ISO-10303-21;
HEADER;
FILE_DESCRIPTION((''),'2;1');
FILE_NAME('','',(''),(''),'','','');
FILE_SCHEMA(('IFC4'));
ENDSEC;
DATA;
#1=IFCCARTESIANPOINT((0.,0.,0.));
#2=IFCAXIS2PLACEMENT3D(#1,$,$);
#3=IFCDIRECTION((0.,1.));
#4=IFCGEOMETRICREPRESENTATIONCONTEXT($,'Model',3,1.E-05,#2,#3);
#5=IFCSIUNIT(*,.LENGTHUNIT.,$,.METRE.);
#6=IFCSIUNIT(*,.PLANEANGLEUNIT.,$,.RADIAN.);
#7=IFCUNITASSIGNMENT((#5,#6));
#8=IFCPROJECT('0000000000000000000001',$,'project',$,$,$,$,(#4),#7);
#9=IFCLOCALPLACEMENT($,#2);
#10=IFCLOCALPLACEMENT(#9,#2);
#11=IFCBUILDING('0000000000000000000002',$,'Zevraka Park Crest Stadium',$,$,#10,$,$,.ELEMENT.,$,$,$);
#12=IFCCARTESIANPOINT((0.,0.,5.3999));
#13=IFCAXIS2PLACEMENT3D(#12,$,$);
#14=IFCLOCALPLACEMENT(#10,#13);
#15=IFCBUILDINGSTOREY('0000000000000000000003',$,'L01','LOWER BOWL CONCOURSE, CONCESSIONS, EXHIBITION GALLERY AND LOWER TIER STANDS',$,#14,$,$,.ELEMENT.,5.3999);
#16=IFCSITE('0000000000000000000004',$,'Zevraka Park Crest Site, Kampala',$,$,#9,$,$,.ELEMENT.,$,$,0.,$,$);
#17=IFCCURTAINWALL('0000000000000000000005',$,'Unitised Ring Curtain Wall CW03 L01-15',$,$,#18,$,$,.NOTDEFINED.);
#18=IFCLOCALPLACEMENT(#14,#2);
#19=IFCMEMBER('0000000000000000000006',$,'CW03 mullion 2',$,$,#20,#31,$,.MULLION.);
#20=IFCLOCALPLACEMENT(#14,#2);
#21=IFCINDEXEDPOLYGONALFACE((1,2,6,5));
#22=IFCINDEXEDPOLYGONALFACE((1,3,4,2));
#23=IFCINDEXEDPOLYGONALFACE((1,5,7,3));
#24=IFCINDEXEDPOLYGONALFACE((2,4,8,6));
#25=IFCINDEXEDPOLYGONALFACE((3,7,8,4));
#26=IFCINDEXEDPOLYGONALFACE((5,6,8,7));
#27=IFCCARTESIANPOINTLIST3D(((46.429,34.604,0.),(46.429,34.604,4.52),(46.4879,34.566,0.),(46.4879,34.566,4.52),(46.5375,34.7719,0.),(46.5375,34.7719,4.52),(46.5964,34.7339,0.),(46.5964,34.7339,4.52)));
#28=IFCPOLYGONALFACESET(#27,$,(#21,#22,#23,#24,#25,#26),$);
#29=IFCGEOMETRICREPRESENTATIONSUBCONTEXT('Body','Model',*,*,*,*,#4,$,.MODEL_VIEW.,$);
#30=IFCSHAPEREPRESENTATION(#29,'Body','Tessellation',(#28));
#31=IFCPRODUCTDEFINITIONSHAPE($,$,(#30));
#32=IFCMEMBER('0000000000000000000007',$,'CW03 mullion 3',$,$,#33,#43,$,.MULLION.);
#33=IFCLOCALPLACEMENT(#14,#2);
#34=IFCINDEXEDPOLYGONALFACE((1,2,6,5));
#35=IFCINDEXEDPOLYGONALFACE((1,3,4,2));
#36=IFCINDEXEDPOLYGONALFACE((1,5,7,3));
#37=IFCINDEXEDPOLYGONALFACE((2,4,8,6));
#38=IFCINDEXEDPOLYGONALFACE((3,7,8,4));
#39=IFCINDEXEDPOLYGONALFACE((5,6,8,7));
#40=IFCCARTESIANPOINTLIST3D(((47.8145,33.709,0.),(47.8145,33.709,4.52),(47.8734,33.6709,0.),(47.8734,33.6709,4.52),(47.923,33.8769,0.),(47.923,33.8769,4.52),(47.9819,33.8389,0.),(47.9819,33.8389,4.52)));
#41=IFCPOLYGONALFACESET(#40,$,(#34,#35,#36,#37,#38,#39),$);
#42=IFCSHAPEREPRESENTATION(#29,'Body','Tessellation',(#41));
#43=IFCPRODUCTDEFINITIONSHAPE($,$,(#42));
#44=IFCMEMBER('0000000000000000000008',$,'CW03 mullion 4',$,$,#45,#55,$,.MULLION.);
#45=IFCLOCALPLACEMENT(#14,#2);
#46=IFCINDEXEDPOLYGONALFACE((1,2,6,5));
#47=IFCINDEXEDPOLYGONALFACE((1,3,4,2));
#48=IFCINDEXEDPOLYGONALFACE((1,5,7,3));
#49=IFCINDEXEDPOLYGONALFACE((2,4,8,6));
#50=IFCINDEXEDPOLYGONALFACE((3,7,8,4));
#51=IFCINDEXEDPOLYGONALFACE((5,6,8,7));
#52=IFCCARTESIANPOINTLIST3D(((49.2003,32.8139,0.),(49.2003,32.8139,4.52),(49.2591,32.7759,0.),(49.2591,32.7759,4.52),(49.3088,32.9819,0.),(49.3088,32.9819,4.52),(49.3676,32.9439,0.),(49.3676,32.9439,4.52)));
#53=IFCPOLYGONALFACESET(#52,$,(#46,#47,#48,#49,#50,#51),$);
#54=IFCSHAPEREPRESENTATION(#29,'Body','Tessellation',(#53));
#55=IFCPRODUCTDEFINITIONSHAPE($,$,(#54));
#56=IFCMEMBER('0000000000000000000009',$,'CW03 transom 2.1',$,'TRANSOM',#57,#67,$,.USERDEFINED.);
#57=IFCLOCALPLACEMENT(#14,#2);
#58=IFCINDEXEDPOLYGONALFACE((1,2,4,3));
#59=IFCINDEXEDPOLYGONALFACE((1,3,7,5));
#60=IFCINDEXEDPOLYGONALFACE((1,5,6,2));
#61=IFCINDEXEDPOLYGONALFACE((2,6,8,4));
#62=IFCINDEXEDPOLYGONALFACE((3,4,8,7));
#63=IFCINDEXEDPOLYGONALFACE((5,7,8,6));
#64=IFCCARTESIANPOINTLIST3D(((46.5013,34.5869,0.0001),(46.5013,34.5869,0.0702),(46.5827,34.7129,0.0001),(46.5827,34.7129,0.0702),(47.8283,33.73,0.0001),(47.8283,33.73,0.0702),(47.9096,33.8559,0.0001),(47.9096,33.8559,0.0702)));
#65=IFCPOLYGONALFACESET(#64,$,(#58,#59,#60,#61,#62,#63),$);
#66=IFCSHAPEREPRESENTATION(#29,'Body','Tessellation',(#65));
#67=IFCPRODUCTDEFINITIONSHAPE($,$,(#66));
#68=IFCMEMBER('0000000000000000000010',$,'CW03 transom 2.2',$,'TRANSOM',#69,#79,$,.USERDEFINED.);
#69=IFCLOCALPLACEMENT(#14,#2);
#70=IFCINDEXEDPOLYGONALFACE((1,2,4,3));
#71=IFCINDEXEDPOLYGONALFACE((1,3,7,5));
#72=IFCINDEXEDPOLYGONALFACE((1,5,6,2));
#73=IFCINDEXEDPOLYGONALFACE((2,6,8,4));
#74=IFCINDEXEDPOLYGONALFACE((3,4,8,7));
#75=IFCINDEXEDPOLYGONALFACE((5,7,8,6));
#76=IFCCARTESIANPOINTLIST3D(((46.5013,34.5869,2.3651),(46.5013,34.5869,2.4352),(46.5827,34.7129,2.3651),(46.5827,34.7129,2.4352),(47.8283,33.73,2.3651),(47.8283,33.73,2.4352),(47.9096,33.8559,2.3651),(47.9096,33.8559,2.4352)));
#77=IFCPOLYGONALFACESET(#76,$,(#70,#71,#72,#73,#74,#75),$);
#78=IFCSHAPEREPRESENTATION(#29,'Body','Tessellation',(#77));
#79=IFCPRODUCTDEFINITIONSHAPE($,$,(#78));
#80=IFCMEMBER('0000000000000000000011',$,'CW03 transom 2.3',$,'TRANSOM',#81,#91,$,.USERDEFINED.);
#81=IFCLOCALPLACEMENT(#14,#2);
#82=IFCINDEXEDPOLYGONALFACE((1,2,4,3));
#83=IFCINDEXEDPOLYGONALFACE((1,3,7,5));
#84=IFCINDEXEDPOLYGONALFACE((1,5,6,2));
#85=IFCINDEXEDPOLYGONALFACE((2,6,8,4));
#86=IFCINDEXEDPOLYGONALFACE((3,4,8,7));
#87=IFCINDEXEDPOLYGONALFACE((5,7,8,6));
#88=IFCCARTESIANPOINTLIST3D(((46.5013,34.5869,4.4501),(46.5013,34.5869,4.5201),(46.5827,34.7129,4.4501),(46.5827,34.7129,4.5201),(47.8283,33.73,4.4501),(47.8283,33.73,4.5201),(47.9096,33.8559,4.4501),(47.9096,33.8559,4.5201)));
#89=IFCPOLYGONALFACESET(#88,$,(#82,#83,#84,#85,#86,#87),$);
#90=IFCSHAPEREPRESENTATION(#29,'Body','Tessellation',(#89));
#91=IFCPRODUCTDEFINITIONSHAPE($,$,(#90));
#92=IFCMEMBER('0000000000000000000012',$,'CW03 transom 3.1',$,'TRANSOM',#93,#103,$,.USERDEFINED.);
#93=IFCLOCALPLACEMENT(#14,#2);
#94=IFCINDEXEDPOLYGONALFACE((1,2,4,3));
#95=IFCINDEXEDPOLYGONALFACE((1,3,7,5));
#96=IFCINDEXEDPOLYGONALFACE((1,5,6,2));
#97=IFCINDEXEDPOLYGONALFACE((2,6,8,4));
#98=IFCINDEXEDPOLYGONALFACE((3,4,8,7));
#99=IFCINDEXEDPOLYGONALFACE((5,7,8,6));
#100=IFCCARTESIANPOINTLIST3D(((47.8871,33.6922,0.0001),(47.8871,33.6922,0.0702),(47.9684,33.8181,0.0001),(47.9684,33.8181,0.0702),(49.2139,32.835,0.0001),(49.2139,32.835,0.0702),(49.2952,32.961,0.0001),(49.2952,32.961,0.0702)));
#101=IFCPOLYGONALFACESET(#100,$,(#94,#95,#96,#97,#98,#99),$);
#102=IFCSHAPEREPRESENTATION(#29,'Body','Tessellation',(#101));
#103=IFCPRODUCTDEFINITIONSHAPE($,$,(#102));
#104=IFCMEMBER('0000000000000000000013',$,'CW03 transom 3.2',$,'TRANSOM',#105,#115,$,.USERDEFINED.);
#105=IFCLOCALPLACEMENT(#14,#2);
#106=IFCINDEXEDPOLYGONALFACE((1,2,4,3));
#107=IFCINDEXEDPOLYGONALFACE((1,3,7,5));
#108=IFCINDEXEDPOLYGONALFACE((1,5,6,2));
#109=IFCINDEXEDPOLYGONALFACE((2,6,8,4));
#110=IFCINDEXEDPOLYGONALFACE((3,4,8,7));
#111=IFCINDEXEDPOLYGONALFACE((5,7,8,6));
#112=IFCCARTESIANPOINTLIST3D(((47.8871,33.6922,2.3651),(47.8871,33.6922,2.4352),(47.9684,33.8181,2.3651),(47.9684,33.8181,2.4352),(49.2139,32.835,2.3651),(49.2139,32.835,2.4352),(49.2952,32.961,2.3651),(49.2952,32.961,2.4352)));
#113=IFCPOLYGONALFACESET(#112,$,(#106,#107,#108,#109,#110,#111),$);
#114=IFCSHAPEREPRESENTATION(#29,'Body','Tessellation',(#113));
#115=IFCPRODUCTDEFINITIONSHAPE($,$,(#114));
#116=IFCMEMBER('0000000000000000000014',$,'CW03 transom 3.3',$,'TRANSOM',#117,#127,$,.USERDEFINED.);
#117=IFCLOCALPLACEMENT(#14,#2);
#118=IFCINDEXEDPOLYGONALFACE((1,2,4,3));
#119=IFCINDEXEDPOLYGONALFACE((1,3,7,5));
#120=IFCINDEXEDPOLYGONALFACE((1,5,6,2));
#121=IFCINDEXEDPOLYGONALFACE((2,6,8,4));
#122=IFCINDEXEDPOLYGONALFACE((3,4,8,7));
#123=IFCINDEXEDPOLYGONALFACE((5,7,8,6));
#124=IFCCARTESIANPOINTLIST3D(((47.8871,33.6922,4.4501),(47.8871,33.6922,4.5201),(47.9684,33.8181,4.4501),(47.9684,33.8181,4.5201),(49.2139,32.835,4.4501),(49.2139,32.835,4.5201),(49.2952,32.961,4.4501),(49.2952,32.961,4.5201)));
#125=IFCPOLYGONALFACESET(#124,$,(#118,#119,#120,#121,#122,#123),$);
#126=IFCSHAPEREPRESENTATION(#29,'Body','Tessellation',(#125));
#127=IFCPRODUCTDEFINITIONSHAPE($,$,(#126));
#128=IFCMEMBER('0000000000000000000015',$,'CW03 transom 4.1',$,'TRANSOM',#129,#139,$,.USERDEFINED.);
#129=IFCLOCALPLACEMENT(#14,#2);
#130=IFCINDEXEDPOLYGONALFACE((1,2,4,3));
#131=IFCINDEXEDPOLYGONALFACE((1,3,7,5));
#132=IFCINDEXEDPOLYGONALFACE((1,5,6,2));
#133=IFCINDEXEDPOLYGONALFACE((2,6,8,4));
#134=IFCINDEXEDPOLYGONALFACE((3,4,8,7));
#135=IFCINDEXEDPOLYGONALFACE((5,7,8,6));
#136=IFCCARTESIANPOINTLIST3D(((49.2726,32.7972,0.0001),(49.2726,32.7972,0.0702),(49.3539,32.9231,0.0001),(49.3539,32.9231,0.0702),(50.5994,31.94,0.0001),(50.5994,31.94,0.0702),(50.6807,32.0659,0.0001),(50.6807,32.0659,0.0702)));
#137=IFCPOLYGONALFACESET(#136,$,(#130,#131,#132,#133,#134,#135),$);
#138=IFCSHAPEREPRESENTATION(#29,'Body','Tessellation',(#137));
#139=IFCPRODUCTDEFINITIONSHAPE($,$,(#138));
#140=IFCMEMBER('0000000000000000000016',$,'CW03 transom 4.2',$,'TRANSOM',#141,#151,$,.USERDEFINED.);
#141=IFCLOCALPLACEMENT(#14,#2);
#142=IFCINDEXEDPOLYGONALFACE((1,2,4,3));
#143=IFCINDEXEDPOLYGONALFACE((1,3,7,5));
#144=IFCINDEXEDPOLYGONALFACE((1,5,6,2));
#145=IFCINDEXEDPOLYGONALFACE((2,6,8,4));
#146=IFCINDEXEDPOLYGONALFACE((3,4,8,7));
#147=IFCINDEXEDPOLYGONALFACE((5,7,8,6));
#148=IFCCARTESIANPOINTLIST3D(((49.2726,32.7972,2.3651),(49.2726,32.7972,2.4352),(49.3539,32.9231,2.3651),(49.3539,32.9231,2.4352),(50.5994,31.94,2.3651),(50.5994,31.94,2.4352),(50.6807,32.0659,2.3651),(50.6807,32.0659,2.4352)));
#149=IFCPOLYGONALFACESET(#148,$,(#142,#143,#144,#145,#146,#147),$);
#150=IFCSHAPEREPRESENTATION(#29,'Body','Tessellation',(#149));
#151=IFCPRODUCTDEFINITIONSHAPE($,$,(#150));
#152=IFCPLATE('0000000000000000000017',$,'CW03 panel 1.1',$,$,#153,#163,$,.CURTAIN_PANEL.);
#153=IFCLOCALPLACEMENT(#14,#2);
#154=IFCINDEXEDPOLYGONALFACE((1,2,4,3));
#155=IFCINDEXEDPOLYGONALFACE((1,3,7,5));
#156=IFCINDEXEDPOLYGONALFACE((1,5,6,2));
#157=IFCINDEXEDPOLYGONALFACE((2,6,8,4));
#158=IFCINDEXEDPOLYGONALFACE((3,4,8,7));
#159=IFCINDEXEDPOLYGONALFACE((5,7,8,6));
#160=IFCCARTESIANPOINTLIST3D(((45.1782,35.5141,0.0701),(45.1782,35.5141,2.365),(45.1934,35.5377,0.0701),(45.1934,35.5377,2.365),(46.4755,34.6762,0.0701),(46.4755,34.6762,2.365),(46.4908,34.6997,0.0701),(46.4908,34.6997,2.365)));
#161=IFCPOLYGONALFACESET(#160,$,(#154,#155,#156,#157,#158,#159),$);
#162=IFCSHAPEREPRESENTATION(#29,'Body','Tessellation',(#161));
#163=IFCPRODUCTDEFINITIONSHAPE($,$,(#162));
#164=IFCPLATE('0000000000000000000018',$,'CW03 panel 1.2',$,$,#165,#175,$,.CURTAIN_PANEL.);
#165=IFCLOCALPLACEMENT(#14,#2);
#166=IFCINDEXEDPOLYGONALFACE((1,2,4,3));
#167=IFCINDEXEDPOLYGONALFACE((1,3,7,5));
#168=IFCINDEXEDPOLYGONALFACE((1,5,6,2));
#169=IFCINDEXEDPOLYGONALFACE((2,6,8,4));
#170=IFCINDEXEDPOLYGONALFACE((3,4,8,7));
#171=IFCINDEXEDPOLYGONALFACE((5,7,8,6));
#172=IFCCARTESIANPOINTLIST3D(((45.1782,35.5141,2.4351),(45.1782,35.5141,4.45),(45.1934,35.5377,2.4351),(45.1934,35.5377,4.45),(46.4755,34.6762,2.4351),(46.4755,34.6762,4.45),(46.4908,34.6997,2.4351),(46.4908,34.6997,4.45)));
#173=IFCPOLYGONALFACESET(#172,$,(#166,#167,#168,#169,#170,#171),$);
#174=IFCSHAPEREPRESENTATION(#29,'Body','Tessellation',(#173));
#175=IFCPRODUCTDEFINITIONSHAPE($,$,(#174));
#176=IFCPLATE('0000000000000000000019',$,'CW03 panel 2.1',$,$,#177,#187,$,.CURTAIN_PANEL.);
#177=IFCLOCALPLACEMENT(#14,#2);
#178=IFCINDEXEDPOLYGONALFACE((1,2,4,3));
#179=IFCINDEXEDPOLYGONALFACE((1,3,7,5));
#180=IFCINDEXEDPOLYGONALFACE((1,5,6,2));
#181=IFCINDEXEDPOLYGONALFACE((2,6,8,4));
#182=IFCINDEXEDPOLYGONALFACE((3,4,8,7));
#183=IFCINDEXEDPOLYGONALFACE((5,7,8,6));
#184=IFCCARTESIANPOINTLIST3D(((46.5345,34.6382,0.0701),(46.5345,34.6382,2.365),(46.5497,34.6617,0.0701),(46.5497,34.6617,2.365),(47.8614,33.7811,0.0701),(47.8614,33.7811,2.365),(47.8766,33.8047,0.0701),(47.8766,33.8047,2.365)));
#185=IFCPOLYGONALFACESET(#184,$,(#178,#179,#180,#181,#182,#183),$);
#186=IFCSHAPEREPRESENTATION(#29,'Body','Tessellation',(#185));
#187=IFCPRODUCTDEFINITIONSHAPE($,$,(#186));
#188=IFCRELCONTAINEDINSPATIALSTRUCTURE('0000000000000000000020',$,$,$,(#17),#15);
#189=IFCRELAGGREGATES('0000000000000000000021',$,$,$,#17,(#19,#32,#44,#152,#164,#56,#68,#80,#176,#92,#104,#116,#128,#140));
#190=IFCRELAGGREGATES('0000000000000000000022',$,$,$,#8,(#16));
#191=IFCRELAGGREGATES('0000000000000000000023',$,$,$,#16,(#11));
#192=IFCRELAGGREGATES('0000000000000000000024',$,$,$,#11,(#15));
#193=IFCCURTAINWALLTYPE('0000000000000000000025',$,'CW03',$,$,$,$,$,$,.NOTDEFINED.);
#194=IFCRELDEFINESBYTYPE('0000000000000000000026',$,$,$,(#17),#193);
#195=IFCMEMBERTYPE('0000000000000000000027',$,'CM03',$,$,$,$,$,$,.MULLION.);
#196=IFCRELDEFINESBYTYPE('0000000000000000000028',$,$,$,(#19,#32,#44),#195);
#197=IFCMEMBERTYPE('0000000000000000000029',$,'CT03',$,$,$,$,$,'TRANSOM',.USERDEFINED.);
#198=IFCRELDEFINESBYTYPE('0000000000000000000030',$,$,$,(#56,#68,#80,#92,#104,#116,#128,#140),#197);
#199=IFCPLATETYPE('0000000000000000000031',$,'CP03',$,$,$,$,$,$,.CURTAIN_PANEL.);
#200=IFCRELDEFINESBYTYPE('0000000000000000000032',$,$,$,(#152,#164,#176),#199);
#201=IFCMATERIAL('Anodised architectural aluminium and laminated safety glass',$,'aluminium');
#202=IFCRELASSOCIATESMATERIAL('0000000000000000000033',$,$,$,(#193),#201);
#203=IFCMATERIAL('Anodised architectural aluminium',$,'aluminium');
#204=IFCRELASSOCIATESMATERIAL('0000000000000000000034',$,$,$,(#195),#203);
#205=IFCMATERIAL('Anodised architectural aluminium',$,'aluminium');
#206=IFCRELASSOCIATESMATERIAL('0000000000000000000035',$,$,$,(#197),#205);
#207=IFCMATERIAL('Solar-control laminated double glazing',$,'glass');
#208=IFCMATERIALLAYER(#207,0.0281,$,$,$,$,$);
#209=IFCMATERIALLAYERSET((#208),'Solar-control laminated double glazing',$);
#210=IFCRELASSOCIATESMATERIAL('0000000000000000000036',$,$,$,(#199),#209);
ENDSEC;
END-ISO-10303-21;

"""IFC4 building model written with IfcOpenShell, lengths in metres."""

from ifc_helpers import new_model, si_unit, direction, frame, origin, origin_2d, place, context, subcontext, project, spatial, rectangle, extrude, material, layer, layer_set, material_profile, profile_set, type_object, element, aggregate, save


model = new_model("IFC4")

# Units and contexts
model_context = context("Model", 3, precision=1e-05, world=origin(), true_north=direction((0.0, 1.0)))
body_context = subcontext(model_context, "Body", "Model", "MODEL_VIEW")
ifc_project = project(units=[si_unit("LENGTHUNIT", "METRE"), si_unit("PLANEANGLEUNIT", "RADIAN")], contexts=[model_context])

# Site, building, storey
site_placement = place(None, origin())
site = spatial("IfcSite", under=ifc_project, at=site_placement, Name="Zevraka Park Crest Site, Kampala", CompositionType="ELEMENT", RefElevation=0.0)
building_placement = place(site_placement, origin())
building = spatial("IfcBuilding", under=site, at=building_placement, Name="Zevraka Park Crest Stadium", CompositionType="ELEMENT")
storey_placement = place(building_placement, frame((0.0, 0.0, 5.3999)))
storey = spatial("IfcBuildingStorey", under=building, at=storey_placement, Name="L01", Description="LOWER BOWL CONCOURSE, CONCESSIONS, EXHIBITION GALLERY AND LOWER TIER STANDS", CompositionType="ELEMENT", Elevation=5.3999)

# Curtain wall, members, plates
ifc_material_1 = material(Name="Anodised architectural aluminium and laminated safety glass", Category="aluminium")
curtain_wall_type = type_object("IfcCurtainWallType", Name="CW03", PredefinedType="NOTDEFINED", material=ifc_material_1)
curtain_wall_placement = place(storey_placement, origin())
curtain_wall = element("IfcCurtainWall", 1, at=curtain_wall_placement, inside=storey, type_object=curtain_wall_type, Name="Unitised Ring Curtain Wall CW03 L01-15", PredefinedType="NOTDEFINED")
ifc_material_2 = material(Name="Anodised architectural aluminium", Category="aluminium")
ifc_material_profile_1 = material_profile(ifc_material_2, rectangle(XDim=0.2, YDim=0.0701, at=origin_2d()), Name="ALU MULLION 200x70")
ifc_profile_set_1 = profile_set([ifc_material_profile_1], Name="Anodised architectural aluminium")
member_type_1 = type_object("IfcMemberType", Name="CM03", PredefinedType="MULLION", material=ifc_profile_set_1)
member_1_placement = place(storey_placement, frame((46.5127, 34.6689, 0.0), z_axis=(0.0, 0.0, 1.0), x_axis=(0.542571, 0.84001, 0.0)))
member_1 = element("IfcMember", 2, at=member_1_placement, type_object=member_type_1, Name="CW03 mullion 2", PredefinedType="MULLION", context=body_context, shape_type="SweptSolid", body=[
    extrude(rectangle(XDim=0.2, YDim=0.0701, at=origin_2d()), origin(), (0.0, 0.0, 1.0), 4.52),
])
member_2_placement = place(storey_placement, frame((47.8982, 33.7739, 0.0), z_axis=(0.0, 0.0, 1.0), x_axis=(0.542571, 0.84001, 0.0)))
member_2 = element("IfcMember", 3, at=member_2_placement, type_object=member_type_1, Name="CW03 mullion 3", PredefinedType="MULLION", context=body_context, shape_type="SweptSolid", body=[
    extrude(rectangle(XDim=0.2, YDim=0.0701, at=origin_2d()), origin(), (0.0, 0.0, 1.0), 4.52),
])
member_3_placement = place(storey_placement, frame((49.2839, 32.8789, 0.0), z_axis=(0.0, 0.0, 1.0), x_axis=(0.542571, 0.84001, 0.0)))
member_3 = element("IfcMember", 4, at=member_3_placement, type_object=member_type_1, Name="CW03 mullion 4", PredefinedType="MULLION", context=body_context, shape_type="SweptSolid", body=[
    extrude(rectangle(XDim=0.2, YDim=0.0701, at=origin_2d()), origin(), (0.0, 0.0, 1.0), 4.52),
])
ifc_material_3 = material(Name="Anodised architectural aluminium", Category="aluminium")
ifc_material_profile_2 = material_profile(ifc_material_3, rectangle(XDim=0.1499, YDim=0.0701, at=origin_2d()), Name="ALU TRANSOM 150x70")
ifc_profile_set_2 = profile_set([ifc_material_profile_2], Name="Anodised architectural aluminium")
member_type_2 = type_object("IfcMemberType", Name="CT03", ElementType="TRANSOM", PredefinedType="USERDEFINED", material=ifc_profile_set_2)
member_4_placement = place(storey_placement, frame((46.542, 34.6499, 0.0352), z_axis=(0.840047, -0.542514, 0.0), x_axis=(0.542514, 0.840047, 0.0)))
member_4 = element("IfcMember", 5, at=member_4_placement, type_object=member_type_2, Name="CW03 transom 2.1", ObjectType="TRANSOM", PredefinedType="USERDEFINED", context=body_context, shape_type="SweptSolid", body=[
    extrude(rectangle(XDim=0.1499, YDim=0.0701, at=origin_2d()), origin(), (0.0, 0.0, 1.0), 1.5796),
])
member_5_placement = place(storey_placement, frame((46.542, 34.6499, 2.4001), z_axis=(0.840047, -0.542514, 0.0), x_axis=(0.542514, 0.840047, 0.0)))
member_5 = element("IfcMember", 6, at=member_5_placement, type_object=member_type_2, Name="CW03 transom 2.2", ObjectType="TRANSOM", PredefinedType="USERDEFINED", context=body_context, shape_type="SweptSolid", body=[
    extrude(rectangle(XDim=0.1499, YDim=0.0701, at=origin_2d()), origin(), (0.0, 0.0, 1.0), 1.5796),
])
member_6_placement = place(storey_placement, frame((46.542, 34.6499, 4.4851), z_axis=(0.840047, -0.542514, 0.0), x_axis=(0.542514, 0.840047, 0.0)))
member_6 = element("IfcMember", 7, at=member_6_placement, type_object=member_type_2, Name="CW03 transom 2.3", ObjectType="TRANSOM", PredefinedType="USERDEFINED", context=body_context, shape_type="SweptSolid", body=[
    extrude(rectangle(XDim=0.1499, YDim=0.0701, at=origin_2d()), origin(), (0.0, 0.0, 1.0), 1.5796),
])
member_7_placement = place(storey_placement, frame((47.9277, 33.7551, 0.0352), z_axis=(0.839976, -0.542623, 0.0), x_axis=(0.542623, 0.839976, 0.0)))
member_7 = element("IfcMember", 8, at=member_7_placement, type_object=member_type_2, Name="CW03 transom 3.1", ObjectType="TRANSOM", PredefinedType="USERDEFINED", context=body_context, shape_type="SweptSolid", body=[
    extrude(rectangle(XDim=0.1499, YDim=0.0701, at=origin_2d()), origin(), (0.0, 0.0, 1.0), 1.5796),
])
member_8_placement = place(storey_placement, frame((47.9277, 33.7551, 2.4001), z_axis=(0.839976, -0.542623, 0.0), x_axis=(0.542623, 0.839976, 0.0)))
member_8 = element("IfcMember", 9, at=member_8_placement, type_object=member_type_2, Name="CW03 transom 3.2", ObjectType="TRANSOM", PredefinedType="USERDEFINED", context=body_context, shape_type="SweptSolid", body=[
    extrude(rectangle(XDim=0.1499, YDim=0.0701, at=origin_2d()), origin(), (0.0, 0.0, 1.0), 1.5796),
])
member_9_placement = place(storey_placement, frame((47.9277, 33.7551, 4.4851), z_axis=(0.839976, -0.542623, 0.0), x_axis=(0.542623, 0.839976, 0.0)))
member_9 = element("IfcMember", 10, at=member_9_placement, type_object=member_type_2, Name="CW03 transom 3.3", ObjectType="TRANSOM", PredefinedType="USERDEFINED", context=body_context, shape_type="SweptSolid", body=[
    extrude(rectangle(XDim=0.1499, YDim=0.0701, at=origin_2d()), origin(), (0.0, 0.0, 1.0), 1.5796),
])
member_10_placement = place(storey_placement, frame((49.3132, 32.8601, 0.0352), z_axis=(0.839976, -0.542623, 0.0), x_axis=(0.542623, 0.839976, 0.0)))
member_10 = element("IfcMember", 11, at=member_10_placement, type_object=member_type_2, Name="CW03 transom 4.1", ObjectType="TRANSOM", PredefinedType="USERDEFINED", context=body_context, shape_type="SweptSolid", body=[
    extrude(rectangle(XDim=0.1499, YDim=0.0701, at=origin_2d()), origin(), (0.0, 0.0, 1.0), 1.5796),
])
member_11_placement = place(storey_placement, frame((49.3132, 32.8601, 2.4001), z_axis=(0.839976, -0.542623, 0.0), x_axis=(0.542623, 0.839976, 0.0)))
member_11 = element("IfcMember", 12, at=member_11_placement, type_object=member_type_2, Name="CW03 transom 4.2", ObjectType="TRANSOM", PredefinedType="USERDEFINED", context=body_context, shape_type="SweptSolid", body=[
    extrude(rectangle(XDim=0.1499, YDim=0.0701, at=origin_2d()), origin(), (0.0, 0.0, 1.0), 1.5796),
])
ifc_material_4 = material(Name="Solar-control laminated double glazing", Category="glass")
ifc_layer_1 = layer(ifc_material_4, 0.0281)
ifc_layer_set_1 = layer_set([ifc_layer_1], Name="Solar-control laminated double glazing")
plate_type = type_object("IfcPlateType", Name="CP03", PredefinedType="CURTAIN_PANEL", material=ifc_layer_set_1)
plate_1_placement = place(storey_placement, frame((45.8345, 35.1069, 0.0701), z_axis=(0.0, 0.0, 1.0), x_axis=(0.84001, -0.542571, 0.0)))
plate_1 = element("IfcPlate", 13, at=plate_1_placement, type_object=plate_type, Name="CW03 panel 1.1", PredefinedType="CURTAIN_PANEL", context=body_context, shape_type="SweptSolid", body=[
    extrude(rectangle(XDim=1.5444, YDim=0.0281, at=origin_2d()), origin(), (0.0, 0.0, 1.0), 2.2949),
])
plate_2_placement = place(storey_placement, frame((45.8345, 35.1069, 2.4351), z_axis=(0.0, 0.0, 1.0), x_axis=(0.84001, -0.542571, 0.0)))
plate_2 = element("IfcPlate", 14, at=plate_2_placement, type_object=plate_type, Name="CW03 panel 1.2", PredefinedType="CURTAIN_PANEL", context=body_context, shape_type="SweptSolid", body=[
    extrude(rectangle(XDim=1.5444, YDim=0.0281, at=origin_2d()), origin(), (0.0, 0.0, 1.0), 2.0149),
])
plate_3_placement = place(storey_placement, frame((47.2056, 34.2214, 0.0701), z_axis=(0.0, 0.0, 1.0), x_axis=(0.84001, -0.542571, 0.0)))
plate_3 = element("IfcPlate", 15, at=plate_3_placement, type_object=plate_type, Name="CW03 panel 2.1", PredefinedType="CURTAIN_PANEL", context=body_context, shape_type="SweptSolid", body=[
    extrude(rectangle(XDim=1.5796, YDim=0.0281, at=origin_2d()), origin(), (0.0, 0.0, 1.0), 2.2949),
])
aggregate(curtain_wall, [member_1, member_2, member_3, plate_1, plate_2, member_4, member_5, member_6, plate_3, member_7, member_8, member_9, member_10, member_11])

save(model, "model.ifc")
